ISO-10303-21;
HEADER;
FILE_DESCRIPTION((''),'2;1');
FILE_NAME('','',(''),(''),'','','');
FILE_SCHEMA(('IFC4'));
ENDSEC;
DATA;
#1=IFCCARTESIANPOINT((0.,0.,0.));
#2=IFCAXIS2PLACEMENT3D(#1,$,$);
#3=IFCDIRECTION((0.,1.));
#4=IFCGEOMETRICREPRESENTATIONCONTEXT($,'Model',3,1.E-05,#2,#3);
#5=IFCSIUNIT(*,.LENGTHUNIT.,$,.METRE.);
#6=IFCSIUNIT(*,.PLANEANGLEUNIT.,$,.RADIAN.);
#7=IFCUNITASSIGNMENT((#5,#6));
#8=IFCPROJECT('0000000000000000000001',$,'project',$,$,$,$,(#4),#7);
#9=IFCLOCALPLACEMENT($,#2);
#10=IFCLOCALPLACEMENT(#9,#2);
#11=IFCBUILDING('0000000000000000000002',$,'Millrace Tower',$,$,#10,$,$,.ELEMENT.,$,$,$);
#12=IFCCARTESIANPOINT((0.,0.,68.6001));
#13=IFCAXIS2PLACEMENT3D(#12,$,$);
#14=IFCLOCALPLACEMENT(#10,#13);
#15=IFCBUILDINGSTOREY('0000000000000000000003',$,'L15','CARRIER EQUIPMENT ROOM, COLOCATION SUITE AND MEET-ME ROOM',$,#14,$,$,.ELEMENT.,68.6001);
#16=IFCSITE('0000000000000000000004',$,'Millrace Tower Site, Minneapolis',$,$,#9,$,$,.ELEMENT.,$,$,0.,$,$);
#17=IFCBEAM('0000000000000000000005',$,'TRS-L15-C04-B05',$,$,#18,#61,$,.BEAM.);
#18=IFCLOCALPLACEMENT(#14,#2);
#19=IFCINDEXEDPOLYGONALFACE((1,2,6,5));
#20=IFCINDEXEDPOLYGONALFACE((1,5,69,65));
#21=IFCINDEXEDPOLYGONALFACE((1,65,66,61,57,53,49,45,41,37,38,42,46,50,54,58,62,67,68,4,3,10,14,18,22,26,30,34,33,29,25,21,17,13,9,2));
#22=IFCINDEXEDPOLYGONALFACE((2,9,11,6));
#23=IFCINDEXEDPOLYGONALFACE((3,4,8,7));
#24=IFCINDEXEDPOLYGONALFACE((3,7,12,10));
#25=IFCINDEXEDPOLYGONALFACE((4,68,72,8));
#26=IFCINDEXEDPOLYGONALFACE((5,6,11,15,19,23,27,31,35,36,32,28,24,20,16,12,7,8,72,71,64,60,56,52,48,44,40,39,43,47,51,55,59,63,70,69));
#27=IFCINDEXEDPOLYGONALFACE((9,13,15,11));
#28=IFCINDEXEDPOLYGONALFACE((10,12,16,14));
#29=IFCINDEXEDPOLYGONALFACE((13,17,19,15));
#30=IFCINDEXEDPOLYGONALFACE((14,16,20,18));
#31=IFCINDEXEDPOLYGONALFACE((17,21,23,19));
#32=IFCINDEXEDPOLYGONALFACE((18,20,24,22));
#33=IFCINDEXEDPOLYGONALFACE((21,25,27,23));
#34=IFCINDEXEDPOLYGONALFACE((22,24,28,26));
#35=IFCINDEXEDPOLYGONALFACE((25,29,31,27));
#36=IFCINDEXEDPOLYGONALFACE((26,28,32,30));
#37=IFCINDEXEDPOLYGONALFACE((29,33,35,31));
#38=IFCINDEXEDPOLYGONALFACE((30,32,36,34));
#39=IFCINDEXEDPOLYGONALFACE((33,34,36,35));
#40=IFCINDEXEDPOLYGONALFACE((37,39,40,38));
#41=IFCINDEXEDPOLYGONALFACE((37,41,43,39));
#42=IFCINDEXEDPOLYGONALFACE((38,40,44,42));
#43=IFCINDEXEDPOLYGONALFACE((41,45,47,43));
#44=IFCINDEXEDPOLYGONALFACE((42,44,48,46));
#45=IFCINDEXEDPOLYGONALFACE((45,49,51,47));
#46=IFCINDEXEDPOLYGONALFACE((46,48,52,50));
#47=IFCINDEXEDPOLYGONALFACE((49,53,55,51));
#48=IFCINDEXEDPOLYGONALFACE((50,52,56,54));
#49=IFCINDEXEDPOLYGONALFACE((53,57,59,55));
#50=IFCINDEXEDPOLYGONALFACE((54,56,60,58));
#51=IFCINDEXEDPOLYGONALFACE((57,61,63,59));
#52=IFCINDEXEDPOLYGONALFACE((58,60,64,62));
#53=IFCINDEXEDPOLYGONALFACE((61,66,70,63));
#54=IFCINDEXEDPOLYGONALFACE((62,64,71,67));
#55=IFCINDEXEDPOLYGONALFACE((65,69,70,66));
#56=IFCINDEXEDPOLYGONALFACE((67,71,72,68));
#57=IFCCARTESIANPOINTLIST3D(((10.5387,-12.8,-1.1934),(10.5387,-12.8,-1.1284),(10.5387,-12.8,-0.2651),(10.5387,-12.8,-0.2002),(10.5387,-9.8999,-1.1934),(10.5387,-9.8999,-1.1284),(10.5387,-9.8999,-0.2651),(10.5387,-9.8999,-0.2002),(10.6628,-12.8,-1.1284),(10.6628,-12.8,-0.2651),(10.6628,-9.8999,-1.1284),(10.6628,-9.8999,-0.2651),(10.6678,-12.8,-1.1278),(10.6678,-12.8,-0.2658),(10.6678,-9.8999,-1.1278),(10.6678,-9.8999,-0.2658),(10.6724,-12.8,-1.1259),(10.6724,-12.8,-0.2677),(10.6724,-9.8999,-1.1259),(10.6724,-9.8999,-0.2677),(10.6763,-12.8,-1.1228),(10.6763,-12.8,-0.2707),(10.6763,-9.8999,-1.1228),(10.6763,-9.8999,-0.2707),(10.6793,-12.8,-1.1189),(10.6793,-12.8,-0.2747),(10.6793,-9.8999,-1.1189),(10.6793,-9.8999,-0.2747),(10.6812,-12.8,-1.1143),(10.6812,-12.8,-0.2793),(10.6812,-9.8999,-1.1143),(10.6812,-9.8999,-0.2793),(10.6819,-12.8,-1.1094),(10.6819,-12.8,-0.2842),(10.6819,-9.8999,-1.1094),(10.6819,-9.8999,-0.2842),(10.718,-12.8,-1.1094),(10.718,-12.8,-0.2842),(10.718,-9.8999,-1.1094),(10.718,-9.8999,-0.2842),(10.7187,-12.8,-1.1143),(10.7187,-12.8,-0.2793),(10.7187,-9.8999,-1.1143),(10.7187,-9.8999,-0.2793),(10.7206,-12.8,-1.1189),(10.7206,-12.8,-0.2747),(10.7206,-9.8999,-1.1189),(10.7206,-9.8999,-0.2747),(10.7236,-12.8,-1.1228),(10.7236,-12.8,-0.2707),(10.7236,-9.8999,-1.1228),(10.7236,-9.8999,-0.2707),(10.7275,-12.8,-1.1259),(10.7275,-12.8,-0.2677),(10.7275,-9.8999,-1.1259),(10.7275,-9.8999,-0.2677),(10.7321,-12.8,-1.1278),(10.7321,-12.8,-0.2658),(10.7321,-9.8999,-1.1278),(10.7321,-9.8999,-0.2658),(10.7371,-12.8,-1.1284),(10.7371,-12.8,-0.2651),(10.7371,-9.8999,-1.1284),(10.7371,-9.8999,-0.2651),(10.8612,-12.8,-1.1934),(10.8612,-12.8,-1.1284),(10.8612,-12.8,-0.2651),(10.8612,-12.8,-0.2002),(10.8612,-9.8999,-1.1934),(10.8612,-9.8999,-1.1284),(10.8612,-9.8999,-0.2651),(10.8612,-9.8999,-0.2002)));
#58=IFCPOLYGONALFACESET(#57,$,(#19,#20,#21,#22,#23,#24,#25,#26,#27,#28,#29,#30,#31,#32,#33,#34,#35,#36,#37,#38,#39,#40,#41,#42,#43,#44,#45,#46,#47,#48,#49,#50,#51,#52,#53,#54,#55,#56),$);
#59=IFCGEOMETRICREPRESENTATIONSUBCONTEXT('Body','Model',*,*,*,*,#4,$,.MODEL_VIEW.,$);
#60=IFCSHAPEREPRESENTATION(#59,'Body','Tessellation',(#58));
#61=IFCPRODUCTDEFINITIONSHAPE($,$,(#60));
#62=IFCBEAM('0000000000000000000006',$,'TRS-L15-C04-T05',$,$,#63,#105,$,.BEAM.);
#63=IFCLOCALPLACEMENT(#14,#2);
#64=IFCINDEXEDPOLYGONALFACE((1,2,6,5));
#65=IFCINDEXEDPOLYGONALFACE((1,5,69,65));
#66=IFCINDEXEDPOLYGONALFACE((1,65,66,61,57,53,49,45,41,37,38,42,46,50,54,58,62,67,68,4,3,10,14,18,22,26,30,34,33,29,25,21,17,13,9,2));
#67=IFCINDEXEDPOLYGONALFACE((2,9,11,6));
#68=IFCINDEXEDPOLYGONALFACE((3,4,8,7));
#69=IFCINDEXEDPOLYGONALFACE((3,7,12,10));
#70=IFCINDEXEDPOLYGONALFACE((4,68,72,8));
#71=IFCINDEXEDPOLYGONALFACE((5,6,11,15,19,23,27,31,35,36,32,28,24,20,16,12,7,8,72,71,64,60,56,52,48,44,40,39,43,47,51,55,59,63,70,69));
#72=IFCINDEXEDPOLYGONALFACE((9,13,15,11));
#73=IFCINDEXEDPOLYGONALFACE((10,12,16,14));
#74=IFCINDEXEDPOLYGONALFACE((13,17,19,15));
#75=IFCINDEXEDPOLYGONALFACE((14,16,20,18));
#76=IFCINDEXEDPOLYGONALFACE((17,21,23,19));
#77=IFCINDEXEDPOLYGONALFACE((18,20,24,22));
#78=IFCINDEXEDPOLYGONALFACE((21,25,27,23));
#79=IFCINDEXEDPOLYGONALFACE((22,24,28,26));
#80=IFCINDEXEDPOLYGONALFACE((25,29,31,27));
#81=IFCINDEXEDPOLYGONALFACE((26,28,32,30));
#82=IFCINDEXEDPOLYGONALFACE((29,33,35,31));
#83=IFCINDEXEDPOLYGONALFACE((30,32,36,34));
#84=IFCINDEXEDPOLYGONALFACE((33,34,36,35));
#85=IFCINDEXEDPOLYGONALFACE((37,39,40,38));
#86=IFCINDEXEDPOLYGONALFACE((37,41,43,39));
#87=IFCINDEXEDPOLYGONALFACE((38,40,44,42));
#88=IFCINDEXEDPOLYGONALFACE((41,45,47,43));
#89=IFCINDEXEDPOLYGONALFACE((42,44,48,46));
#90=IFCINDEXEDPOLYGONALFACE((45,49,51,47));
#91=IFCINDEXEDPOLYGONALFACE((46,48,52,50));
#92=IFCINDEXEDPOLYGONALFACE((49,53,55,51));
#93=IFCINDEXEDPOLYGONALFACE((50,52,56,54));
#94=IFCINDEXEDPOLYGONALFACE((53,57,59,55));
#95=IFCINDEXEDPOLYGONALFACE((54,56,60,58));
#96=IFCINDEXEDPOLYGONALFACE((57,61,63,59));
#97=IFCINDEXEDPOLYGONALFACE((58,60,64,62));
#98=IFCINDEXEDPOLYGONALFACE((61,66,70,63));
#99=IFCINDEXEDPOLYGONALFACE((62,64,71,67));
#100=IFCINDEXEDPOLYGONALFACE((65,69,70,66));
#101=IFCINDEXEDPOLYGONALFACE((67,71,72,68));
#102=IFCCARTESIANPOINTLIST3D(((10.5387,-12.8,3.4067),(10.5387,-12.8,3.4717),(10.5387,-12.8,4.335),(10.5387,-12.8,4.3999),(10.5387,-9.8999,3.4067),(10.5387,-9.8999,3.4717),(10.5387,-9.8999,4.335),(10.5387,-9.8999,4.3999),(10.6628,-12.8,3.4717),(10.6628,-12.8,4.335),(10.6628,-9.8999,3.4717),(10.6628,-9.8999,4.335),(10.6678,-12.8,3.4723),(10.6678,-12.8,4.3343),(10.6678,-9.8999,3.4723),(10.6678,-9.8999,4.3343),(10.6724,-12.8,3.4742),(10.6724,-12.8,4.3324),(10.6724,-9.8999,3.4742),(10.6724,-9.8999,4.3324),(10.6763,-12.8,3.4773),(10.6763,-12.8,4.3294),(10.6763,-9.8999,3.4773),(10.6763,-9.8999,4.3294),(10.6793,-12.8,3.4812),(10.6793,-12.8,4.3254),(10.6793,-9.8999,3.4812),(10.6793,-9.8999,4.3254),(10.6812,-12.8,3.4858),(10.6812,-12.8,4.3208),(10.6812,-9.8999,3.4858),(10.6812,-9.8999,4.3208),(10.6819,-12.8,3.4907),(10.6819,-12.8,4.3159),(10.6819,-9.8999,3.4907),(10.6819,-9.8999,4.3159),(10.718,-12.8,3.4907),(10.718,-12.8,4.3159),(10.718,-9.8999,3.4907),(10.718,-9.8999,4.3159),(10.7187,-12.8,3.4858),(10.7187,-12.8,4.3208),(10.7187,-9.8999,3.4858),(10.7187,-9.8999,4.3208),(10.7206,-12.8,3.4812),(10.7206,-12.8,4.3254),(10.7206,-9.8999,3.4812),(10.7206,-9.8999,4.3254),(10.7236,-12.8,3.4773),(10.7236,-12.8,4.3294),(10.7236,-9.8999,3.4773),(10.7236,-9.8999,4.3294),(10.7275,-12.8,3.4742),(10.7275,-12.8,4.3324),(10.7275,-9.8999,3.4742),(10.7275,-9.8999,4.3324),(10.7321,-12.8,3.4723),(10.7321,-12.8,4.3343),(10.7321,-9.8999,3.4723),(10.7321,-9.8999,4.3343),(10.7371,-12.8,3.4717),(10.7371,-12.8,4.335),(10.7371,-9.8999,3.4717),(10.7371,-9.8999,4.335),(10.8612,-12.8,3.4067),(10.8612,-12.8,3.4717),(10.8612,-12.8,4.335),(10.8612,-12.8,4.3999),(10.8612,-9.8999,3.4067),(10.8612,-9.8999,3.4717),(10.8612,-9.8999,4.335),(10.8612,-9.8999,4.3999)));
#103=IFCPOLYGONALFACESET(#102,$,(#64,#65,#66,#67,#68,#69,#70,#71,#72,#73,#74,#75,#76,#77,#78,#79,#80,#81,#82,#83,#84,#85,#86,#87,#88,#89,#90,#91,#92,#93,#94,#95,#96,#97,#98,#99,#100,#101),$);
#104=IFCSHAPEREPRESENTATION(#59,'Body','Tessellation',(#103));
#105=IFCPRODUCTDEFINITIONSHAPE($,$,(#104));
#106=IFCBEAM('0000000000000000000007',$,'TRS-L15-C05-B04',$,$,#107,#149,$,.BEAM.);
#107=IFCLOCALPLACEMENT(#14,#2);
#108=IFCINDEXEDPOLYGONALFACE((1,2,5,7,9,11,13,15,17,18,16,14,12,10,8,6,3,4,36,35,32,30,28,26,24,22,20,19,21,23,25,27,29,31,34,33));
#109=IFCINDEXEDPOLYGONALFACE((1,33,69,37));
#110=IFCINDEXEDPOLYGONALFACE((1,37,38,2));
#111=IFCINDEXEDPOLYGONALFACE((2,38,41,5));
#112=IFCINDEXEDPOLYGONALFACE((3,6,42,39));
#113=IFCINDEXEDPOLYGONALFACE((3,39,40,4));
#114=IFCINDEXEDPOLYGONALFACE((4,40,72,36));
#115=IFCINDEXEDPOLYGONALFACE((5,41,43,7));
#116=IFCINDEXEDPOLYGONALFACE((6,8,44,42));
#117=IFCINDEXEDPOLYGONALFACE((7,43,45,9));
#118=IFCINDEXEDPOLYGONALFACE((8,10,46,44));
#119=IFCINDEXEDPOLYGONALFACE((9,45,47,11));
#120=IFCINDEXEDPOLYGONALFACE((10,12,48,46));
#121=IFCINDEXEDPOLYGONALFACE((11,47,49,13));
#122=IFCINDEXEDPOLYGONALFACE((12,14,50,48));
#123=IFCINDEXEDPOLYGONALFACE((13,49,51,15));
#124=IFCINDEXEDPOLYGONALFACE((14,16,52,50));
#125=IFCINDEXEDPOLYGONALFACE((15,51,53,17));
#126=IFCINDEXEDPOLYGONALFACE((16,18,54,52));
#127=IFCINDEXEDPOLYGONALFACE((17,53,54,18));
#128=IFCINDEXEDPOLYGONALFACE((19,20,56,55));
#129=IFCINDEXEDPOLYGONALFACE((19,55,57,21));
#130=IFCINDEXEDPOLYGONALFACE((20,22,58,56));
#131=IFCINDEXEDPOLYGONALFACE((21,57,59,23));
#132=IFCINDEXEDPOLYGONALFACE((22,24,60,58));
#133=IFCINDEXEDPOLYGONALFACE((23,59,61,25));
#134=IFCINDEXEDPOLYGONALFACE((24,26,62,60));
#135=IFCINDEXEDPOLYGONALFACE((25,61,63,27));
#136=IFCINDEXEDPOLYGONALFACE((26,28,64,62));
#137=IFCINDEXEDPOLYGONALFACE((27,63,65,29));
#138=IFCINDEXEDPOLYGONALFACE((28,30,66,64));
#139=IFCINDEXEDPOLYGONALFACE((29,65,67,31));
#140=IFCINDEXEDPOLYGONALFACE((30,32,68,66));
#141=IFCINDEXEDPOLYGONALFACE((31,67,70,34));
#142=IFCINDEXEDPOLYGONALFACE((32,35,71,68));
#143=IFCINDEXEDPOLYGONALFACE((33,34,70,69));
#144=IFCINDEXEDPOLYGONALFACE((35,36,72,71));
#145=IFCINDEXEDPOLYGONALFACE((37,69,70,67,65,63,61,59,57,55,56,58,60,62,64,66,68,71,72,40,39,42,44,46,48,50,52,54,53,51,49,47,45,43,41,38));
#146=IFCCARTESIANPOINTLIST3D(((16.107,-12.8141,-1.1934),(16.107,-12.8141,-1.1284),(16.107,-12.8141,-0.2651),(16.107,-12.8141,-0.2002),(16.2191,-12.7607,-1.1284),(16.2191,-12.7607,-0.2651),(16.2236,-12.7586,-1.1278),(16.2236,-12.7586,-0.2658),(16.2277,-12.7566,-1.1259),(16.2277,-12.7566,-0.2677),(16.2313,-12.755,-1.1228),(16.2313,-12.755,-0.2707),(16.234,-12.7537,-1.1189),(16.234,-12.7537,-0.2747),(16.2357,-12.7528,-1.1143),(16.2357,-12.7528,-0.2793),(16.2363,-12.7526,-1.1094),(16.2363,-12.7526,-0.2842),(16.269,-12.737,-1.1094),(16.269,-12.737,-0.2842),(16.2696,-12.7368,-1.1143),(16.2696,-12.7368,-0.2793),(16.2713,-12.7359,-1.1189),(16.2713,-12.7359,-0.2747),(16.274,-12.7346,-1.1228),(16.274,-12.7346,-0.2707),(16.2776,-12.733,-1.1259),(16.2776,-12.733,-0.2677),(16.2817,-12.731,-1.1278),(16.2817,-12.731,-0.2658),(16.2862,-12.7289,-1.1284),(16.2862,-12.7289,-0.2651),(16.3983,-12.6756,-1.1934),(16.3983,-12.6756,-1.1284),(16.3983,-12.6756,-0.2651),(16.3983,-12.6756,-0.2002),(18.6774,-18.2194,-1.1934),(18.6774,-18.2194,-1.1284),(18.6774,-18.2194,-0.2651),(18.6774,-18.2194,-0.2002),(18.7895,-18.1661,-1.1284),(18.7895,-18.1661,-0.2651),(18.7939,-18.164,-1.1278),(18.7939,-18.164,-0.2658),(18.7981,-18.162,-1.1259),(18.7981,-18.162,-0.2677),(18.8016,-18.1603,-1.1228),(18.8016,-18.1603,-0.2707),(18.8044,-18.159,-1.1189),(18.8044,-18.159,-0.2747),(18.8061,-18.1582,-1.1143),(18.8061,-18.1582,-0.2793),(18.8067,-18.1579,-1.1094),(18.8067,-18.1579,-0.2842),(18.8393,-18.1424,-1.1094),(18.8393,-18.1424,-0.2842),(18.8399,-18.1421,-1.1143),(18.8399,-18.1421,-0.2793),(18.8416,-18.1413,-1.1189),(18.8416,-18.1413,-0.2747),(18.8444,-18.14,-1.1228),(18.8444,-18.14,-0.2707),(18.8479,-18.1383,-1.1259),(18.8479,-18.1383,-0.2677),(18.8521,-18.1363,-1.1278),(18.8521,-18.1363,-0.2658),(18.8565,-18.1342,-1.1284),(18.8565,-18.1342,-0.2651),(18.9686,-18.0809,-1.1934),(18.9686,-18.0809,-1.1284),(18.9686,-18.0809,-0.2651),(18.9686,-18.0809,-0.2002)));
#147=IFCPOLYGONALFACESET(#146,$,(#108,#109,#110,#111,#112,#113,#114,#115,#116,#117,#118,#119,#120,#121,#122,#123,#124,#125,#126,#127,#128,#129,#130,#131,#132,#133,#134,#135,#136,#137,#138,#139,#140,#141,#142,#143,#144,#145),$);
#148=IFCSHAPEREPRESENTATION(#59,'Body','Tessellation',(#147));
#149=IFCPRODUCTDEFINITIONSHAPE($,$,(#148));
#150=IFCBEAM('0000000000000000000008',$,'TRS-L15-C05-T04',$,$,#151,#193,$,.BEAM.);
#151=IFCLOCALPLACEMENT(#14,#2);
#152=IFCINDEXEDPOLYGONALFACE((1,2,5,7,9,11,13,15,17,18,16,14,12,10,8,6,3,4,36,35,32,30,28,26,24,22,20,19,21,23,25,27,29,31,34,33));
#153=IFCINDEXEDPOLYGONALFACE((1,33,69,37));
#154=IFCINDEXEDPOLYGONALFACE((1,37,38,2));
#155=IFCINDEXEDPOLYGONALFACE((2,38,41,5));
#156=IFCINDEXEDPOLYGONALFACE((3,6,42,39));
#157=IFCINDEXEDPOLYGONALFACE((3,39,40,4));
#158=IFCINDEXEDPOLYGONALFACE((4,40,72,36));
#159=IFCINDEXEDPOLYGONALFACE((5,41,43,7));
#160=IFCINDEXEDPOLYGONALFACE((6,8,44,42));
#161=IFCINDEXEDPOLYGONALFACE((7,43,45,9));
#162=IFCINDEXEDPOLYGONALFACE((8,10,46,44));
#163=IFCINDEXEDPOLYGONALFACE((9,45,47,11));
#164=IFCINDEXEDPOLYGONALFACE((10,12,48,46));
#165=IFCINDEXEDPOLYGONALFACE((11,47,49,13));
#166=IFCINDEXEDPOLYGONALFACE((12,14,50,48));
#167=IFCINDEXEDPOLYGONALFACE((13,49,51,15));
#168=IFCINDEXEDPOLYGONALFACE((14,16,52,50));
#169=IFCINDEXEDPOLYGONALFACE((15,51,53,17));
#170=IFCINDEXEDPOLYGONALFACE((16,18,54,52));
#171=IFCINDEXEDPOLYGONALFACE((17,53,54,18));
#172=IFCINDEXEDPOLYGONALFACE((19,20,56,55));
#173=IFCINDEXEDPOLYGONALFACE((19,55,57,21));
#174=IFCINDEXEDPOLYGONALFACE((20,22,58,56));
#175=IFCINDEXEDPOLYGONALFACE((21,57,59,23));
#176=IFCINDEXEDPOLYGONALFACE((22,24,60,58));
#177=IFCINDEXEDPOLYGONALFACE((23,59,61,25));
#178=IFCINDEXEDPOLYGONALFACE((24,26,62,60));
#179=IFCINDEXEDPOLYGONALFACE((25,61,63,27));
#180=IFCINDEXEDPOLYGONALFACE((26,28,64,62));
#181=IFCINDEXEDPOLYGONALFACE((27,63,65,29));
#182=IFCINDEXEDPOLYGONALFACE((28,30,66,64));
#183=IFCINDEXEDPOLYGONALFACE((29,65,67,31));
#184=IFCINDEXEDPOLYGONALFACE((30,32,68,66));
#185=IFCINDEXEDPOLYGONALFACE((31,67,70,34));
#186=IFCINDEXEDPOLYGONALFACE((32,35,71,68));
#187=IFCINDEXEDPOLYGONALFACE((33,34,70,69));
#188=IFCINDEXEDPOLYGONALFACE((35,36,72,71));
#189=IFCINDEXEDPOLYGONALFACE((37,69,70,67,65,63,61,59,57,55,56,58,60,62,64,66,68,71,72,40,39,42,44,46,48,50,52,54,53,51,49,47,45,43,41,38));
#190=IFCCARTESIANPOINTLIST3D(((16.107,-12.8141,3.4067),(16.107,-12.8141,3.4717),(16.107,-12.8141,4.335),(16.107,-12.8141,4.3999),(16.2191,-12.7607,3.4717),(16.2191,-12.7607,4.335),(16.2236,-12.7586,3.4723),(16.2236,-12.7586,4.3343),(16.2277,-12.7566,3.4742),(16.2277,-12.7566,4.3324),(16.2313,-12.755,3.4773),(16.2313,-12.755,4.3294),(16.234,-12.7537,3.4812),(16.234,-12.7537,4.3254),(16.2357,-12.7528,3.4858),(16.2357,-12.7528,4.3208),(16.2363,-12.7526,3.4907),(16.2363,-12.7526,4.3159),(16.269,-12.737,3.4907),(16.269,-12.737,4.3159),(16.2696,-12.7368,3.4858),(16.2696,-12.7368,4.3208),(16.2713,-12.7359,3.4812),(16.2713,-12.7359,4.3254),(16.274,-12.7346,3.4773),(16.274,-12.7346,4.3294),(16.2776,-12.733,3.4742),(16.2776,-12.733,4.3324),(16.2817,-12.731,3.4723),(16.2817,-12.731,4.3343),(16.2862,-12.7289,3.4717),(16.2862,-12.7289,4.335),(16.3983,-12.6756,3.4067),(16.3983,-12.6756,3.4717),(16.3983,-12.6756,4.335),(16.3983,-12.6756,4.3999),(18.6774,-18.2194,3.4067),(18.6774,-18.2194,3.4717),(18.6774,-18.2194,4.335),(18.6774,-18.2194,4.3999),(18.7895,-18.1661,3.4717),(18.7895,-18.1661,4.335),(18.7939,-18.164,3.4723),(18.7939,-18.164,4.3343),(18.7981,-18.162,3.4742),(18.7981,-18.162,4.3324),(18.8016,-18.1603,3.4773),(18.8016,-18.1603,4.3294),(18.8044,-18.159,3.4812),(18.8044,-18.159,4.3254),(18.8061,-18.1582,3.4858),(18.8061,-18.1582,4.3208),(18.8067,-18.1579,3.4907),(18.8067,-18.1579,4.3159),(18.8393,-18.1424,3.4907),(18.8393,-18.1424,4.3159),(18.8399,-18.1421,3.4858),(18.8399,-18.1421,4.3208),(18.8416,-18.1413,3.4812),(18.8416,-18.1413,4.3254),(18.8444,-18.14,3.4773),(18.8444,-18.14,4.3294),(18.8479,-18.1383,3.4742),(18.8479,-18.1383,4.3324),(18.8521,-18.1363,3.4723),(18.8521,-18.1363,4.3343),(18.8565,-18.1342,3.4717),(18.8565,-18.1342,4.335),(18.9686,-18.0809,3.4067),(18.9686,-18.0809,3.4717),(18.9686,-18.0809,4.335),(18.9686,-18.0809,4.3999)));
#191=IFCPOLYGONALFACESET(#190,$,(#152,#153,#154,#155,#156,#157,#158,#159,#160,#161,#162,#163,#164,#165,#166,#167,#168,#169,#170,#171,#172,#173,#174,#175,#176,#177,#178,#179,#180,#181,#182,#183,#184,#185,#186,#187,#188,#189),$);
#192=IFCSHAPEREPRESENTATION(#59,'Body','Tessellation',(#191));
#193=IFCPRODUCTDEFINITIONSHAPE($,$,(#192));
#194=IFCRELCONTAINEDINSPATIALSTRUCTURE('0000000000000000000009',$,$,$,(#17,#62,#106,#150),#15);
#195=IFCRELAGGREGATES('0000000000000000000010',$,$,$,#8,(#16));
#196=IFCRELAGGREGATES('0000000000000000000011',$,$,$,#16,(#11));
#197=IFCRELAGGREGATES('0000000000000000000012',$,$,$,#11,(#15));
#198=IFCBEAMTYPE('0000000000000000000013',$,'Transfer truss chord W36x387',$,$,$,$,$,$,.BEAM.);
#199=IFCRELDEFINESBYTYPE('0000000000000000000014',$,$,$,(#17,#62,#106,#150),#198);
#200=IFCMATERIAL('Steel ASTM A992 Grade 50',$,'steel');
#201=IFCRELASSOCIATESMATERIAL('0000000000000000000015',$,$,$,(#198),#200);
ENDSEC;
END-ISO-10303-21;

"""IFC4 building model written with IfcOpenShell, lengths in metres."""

from ifc_helpers import new_model, si_unit, direction, frame, origin, origin_2d, place, context, subcontext, project, spatial, i_section, extrude, material, material_profile, profile_set, type_object, element, save


model = new_model("IFC4")

# Units and contexts
model_context = context("Model", 3, precision=1e-05, world=origin(), true_north=direction((0.0, 1.0)))
body_context = subcontext(model_context, "Body", "Model", "MODEL_VIEW")
ifc_project = project(units=[si_unit("LENGTHUNIT", "METRE"), si_unit("PLANEANGLEUNIT", "RADIAN")], contexts=[model_context])

# Site, building, storey
site_placement = place(None, origin())
site = spatial("IfcSite", under=ifc_project, at=site_placement, Name="Millrace Tower Site, Minneapolis", CompositionType="ELEMENT", RefElevation=0.0)
building_placement = place(site_placement, origin())
building = spatial("IfcBuilding", under=site, at=building_placement, Name="Millrace Tower", CompositionType="ELEMENT")
storey_placement = place(building_placement, frame((0.0, 0.0, 68.6001)))
storey = spatial("IfcBuildingStorey", under=building, at=storey_placement, Name="L15", Description="CARRIER EQUIPMENT ROOM, COLOCATION SUITE AND MEET-ME ROOM", CompositionType="ELEMENT", Elevation=68.6001)

# Beams
ifc_material_1 = material(Name="Steel ASTM A992 Grade 50", Category="steel")
ifc_material_profile_1 = material_profile(ifc_material_1, i_section(OverallWidth=0.3225, OverallDepth=0.9932, WebThickness=0.0361, FlangeThickness=0.0649, FilletRadius=0.019, at=origin_2d()))
ifc_profile_set_1 = profile_set([ifc_material_profile_1], Name="Steel ASTM A992 Grade 50")
beam_type_1 = type_object("IfcBeamType", Name="Transfer truss chord W36x387", PredefinedType="BEAM", material=ifc_profile_set_1)
for number, where, z_axis, x_axis, name in (
    (1, (10.7, -12.8, -0.6968), (0.0, 1.0, 0.0), (-1.0, 0.0, 0.0), "TRS-L15-C04-B05"),
    (2, (10.7, -12.8, 3.9033), (0.0, 1.0, 0.0), (-1.0, 0.0, 0.0), "TRS-L15-C04-T05"),
):
    element("IfcBeam", number, at=place(storey_placement, frame(where, z_axis=z_axis, x_axis=x_axis)), inside=storey, type_object=beam_type_1, Name=name, PredefinedType="BEAM", context=body_context, shape_type="SweptSolid", body=[
        extrude(i_section(OverallWidth=0.3225, OverallDepth=0.9932, WebThickness=0.0361, FlangeThickness=0.0649, FilletRadius=0.019, at=origin_2d()), origin(), (0.0, 0.0, 1.0), 2.9001),
    ])
for number, where, z_axis, x_axis, name in (
    (3, (18.823, -18.1501, -0.6968), (-0.42944, 0.903096, 0.0), (-0.903096, -0.42944, 0.0), "TRS-L15-C05-B04"),
    (4, (18.823, -18.1501, 3.9033), (-0.42944, 0.903096, 0.0), (-0.903096, -0.42944, 0.0), "TRS-L15-C05-T04"),
):
    element("IfcBeam", number, at=place(storey_placement, frame(where, z_axis=z_axis, x_axis=x_axis)), inside=storey, type_object=beam_type_1, Name=name, PredefinedType="BEAM", context=body_context, shape_type="SweptSolid", body=[
        extrude(i_section(OverallWidth=0.3225, OverallDepth=0.9932, WebThickness=0.0361, FlangeThickness=0.0649, FilletRadius=0.019, at=origin_2d()), origin(), (0.0, 0.0, 1.0), 5.9854),
    ])

save(model, "model.ifc")
